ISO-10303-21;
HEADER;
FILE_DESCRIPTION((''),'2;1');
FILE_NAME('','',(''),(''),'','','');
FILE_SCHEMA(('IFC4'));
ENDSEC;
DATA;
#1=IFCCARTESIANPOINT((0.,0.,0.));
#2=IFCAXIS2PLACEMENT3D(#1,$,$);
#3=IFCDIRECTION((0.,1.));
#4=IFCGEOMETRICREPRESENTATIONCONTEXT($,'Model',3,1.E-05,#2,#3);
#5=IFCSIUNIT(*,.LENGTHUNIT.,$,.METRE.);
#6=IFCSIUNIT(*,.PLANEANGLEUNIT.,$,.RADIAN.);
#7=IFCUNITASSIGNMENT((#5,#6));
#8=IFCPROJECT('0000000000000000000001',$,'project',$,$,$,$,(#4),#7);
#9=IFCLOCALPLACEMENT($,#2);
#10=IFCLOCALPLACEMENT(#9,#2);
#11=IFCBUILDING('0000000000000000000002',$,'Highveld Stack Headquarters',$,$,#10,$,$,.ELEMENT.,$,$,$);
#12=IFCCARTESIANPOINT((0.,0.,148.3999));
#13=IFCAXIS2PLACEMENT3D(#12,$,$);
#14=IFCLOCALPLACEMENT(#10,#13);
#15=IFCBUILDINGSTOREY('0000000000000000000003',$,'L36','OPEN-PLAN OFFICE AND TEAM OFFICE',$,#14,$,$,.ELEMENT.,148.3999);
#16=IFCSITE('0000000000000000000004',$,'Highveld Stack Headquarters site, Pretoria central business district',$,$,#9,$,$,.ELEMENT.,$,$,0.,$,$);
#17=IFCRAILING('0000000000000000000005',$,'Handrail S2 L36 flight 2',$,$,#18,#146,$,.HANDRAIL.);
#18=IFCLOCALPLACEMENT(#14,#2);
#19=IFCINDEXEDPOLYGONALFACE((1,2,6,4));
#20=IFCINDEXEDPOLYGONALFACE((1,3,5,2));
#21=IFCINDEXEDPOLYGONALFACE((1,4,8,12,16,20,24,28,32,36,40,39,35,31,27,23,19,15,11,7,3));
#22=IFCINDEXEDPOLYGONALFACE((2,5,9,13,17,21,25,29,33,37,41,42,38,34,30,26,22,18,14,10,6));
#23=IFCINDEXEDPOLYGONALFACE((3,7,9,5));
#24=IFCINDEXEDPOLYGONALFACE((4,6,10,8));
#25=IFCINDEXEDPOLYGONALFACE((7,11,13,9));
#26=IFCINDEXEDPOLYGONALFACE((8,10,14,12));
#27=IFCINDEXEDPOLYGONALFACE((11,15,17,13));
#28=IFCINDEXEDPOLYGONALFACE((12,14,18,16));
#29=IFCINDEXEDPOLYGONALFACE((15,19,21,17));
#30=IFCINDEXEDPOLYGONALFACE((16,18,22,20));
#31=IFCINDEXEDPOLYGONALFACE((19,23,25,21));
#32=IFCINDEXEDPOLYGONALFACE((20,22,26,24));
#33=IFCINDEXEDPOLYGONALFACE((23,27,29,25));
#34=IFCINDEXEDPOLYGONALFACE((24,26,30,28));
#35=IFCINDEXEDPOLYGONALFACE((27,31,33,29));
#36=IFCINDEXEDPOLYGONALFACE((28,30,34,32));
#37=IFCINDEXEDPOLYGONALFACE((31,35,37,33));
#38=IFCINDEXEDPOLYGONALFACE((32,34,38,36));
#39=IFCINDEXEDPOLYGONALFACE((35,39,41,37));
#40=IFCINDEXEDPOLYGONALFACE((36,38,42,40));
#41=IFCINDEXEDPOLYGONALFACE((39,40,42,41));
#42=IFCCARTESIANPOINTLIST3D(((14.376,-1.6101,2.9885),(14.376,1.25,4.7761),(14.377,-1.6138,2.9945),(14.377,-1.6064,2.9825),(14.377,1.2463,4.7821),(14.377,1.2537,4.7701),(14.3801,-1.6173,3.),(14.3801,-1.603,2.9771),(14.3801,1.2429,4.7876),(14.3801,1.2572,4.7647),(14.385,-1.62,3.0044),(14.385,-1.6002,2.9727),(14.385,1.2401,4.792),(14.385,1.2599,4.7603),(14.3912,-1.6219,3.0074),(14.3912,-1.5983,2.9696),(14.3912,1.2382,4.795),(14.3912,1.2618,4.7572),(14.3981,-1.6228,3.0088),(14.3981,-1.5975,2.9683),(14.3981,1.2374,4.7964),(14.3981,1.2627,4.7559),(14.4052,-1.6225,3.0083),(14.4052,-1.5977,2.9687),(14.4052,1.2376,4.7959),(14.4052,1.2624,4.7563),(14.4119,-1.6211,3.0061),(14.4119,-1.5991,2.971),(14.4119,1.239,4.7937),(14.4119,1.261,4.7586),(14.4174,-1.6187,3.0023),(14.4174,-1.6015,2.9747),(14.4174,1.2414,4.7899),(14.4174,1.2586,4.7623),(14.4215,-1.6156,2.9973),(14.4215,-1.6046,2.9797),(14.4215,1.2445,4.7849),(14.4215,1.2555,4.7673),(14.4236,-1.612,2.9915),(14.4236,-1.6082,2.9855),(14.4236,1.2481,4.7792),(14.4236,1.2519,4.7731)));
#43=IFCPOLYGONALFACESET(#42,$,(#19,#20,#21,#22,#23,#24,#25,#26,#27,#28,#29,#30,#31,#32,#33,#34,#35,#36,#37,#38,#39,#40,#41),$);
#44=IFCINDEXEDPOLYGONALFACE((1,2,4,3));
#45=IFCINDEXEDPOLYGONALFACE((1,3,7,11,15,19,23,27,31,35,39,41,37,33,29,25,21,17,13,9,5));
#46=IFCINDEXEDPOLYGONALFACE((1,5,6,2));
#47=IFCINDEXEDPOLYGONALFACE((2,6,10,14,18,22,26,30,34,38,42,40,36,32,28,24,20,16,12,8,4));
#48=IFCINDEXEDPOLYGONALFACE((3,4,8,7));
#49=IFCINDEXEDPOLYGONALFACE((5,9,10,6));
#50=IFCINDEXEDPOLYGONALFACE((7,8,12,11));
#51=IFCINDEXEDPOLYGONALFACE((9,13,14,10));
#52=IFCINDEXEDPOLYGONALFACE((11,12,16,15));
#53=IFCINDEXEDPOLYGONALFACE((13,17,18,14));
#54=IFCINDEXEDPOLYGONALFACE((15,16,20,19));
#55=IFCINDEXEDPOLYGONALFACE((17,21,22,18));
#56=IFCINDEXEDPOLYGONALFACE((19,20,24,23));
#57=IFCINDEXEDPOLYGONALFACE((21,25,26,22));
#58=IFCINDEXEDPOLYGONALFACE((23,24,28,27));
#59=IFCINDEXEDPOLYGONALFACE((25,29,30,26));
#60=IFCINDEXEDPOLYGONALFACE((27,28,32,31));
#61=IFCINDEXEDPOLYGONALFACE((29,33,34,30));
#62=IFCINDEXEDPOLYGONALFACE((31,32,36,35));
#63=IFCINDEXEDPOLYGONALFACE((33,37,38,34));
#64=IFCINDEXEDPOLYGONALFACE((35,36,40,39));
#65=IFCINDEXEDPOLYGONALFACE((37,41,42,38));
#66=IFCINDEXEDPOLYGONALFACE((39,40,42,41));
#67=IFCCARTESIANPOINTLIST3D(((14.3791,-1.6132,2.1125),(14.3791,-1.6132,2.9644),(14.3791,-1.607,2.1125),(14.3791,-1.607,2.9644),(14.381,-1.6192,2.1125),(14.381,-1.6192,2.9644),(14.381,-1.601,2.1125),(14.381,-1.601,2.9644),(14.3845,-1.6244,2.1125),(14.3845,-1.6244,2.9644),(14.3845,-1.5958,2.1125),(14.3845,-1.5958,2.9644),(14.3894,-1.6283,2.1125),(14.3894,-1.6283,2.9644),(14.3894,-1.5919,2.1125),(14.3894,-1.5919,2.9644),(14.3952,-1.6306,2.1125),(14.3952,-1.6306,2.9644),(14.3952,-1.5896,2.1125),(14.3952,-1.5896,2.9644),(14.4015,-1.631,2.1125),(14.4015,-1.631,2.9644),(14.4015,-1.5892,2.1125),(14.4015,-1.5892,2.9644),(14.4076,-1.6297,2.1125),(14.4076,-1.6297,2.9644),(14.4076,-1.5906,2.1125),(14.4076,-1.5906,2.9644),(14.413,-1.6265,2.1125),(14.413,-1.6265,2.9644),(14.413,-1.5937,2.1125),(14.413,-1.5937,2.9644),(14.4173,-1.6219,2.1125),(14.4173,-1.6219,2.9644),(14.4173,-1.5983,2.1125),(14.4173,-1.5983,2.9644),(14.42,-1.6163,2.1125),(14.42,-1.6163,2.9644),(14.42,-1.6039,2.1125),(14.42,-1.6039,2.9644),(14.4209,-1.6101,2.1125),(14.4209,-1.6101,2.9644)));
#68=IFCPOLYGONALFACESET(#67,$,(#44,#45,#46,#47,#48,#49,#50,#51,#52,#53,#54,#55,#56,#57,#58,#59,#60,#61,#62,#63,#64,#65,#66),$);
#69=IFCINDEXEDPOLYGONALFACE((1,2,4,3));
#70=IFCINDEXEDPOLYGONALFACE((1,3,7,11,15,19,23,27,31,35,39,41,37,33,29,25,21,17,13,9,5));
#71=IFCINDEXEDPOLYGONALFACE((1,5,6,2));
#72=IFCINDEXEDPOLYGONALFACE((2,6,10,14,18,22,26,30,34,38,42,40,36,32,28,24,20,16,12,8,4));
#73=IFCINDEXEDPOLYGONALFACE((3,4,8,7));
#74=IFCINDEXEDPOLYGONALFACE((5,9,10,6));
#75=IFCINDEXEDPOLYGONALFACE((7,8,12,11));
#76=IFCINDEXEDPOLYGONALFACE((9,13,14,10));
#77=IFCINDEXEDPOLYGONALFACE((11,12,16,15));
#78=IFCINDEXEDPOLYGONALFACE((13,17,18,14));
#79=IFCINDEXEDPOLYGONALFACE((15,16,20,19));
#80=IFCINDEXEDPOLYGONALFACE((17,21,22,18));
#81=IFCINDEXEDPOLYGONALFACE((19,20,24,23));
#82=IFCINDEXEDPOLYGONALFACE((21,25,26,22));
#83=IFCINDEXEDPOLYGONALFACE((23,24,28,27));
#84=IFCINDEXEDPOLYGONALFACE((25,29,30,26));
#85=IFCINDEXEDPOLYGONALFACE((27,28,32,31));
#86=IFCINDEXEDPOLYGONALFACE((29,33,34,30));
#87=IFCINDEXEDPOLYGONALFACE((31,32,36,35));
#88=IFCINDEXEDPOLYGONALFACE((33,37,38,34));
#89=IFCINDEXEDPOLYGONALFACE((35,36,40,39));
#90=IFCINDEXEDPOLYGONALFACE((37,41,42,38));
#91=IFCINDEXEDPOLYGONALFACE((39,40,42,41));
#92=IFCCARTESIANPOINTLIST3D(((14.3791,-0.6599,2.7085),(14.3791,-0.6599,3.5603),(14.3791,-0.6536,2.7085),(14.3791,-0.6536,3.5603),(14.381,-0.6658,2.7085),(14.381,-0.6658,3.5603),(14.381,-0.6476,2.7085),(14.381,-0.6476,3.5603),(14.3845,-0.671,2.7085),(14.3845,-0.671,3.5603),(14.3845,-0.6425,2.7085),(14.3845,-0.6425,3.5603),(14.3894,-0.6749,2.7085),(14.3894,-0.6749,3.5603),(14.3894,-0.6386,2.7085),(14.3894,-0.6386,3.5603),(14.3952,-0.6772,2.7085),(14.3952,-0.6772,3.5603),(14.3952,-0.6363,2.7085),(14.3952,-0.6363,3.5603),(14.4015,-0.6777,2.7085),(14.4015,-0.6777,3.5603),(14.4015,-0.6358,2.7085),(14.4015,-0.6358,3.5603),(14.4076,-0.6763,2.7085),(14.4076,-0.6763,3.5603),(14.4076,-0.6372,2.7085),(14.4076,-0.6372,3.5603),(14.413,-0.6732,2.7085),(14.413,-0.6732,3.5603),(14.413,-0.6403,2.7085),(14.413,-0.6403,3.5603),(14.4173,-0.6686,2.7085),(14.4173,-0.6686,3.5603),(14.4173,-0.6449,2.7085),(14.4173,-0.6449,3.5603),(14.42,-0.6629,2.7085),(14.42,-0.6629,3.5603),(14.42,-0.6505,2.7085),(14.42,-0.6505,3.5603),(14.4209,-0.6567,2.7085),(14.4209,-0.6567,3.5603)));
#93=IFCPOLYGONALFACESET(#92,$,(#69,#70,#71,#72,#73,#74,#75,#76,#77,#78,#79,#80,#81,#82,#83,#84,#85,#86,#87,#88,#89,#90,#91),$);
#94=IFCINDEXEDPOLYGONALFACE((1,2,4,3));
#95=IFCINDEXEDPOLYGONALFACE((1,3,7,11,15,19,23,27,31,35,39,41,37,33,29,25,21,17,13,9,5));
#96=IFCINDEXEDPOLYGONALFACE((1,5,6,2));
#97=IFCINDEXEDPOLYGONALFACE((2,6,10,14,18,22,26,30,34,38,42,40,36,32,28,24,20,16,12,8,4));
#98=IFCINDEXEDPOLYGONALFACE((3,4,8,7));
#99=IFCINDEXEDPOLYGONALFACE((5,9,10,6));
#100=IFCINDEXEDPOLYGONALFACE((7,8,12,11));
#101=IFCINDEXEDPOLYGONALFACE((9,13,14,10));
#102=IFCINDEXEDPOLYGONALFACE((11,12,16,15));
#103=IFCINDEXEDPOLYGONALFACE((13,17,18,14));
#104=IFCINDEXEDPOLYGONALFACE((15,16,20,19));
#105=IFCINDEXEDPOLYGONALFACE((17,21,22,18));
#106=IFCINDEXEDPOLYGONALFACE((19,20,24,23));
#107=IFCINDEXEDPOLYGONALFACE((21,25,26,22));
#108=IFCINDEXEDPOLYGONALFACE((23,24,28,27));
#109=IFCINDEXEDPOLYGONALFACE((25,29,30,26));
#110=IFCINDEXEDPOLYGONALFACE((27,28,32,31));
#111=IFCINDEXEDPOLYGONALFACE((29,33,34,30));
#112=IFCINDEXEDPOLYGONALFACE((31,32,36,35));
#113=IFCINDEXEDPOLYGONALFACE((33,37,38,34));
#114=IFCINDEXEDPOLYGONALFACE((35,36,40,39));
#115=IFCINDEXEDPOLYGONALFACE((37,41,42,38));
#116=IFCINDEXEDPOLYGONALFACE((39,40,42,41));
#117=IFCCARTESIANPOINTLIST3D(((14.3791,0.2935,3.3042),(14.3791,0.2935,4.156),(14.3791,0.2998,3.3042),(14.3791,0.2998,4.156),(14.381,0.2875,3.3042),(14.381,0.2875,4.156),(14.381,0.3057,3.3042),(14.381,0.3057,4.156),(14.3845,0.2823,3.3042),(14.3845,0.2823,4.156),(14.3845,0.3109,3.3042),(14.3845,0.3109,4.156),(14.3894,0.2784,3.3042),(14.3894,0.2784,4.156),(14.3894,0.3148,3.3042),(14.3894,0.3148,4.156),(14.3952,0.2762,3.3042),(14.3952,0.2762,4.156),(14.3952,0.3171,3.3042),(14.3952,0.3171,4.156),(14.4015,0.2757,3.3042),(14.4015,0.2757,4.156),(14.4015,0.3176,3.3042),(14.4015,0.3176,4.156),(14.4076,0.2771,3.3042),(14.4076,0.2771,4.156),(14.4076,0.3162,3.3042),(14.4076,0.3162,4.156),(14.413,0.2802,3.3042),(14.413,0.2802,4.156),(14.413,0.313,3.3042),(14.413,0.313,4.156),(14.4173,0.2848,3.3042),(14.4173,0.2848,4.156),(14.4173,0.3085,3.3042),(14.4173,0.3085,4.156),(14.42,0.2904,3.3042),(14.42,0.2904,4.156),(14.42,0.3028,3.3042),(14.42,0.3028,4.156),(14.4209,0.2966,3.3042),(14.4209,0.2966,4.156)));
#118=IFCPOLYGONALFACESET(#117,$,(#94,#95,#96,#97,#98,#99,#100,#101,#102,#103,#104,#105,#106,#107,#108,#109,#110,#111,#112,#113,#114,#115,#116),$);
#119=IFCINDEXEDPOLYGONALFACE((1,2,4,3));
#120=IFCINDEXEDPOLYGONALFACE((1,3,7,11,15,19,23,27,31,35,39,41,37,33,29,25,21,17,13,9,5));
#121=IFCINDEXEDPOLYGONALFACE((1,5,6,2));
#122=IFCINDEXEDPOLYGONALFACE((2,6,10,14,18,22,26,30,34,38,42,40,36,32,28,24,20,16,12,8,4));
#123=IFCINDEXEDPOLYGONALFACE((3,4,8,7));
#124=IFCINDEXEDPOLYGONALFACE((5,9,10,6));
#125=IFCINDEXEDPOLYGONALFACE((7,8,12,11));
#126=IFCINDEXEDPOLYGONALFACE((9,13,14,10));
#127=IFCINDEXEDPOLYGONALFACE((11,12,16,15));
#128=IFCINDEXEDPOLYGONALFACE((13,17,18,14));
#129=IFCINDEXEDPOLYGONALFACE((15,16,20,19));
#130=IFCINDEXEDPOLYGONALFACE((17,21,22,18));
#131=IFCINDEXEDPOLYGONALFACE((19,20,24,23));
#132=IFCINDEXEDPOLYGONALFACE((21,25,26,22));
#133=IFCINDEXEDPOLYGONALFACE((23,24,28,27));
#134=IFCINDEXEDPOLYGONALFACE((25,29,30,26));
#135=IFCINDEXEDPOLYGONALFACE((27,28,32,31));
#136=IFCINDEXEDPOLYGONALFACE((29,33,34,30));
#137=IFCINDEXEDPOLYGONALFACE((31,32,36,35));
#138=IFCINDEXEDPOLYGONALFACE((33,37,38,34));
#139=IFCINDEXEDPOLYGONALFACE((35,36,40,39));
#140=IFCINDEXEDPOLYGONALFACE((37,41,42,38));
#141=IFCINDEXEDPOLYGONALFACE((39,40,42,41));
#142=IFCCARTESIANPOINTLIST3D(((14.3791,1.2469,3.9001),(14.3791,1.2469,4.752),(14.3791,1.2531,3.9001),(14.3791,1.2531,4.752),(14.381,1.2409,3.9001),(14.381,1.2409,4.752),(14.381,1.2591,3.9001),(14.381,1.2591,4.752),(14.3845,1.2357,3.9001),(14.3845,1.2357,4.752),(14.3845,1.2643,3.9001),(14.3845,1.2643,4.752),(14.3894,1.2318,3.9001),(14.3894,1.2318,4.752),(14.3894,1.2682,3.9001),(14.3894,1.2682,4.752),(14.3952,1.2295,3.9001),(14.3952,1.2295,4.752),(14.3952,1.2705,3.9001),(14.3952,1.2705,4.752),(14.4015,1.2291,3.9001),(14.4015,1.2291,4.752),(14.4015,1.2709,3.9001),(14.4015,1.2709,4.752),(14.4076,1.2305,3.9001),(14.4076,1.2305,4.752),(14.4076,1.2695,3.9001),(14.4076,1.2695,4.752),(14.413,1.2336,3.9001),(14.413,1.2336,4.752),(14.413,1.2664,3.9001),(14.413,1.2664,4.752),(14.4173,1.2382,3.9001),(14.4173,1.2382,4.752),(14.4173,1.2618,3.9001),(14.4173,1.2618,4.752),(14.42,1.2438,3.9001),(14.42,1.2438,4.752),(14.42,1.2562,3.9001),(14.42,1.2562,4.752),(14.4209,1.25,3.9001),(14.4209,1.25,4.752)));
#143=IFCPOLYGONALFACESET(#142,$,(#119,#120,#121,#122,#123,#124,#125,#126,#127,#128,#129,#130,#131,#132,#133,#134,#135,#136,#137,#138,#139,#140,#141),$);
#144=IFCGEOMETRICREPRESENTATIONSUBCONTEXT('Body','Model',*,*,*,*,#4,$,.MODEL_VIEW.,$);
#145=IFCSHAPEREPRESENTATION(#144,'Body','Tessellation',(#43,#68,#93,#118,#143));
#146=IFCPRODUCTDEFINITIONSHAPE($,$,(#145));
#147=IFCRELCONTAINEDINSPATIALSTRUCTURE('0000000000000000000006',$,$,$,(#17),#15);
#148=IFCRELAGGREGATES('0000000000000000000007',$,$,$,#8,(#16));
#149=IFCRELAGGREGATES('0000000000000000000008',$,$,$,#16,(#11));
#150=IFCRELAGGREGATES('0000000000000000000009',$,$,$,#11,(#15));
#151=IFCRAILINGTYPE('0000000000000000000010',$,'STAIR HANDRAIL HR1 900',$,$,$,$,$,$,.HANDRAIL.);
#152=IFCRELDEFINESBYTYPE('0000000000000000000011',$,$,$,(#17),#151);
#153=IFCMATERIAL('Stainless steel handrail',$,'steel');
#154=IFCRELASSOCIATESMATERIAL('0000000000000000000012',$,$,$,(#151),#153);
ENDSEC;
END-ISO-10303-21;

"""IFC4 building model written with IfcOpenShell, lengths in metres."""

from ifc_helpers import new_model, si_unit, direction, frame, origin, origin_2d, place, context, subcontext, project, spatial, circle, extrude, material, type_object, element, save


model = new_model("IFC4")

# Units and contexts
model_context = context("Model", 3, precision=1e-05, world=origin(), true_north=direction((0.0, 1.0)))
body_context = subcontext(model_context, "Body", "Model", "MODEL_VIEW")
ifc_project = project(units=[si_unit("LENGTHUNIT", "METRE"), si_unit("PLANEANGLEUNIT", "RADIAN")], contexts=[model_context])

# Site, building, storey
site_placement = place(None, origin())
site = spatial("IfcSite", under=ifc_project, at=site_placement, Name="Highveld Stack Headquarters site, Pretoria central business district", CompositionType="ELEMENT", RefElevation=0.0)
building_placement = place(site_placement, origin())
building = spatial("IfcBuilding", under=site, at=building_placement, Name="Highveld Stack Headquarters", CompositionType="ELEMENT")
storey_placement = place(building_placement, frame((0.0, 0.0, 148.3999)))
storey = spatial("IfcBuildingStorey", under=building, at=storey_placement, Name="L36", Description="OPEN-PLAN OFFICE AND TEAM OFFICE", CompositionType="ELEMENT", Elevation=148.3999)

# Railing
ifc_material_1 = material(Name="Stainless steel handrail", Category="steel")
railing_type = type_object("IfcRailingType", Name="STAIR HANDRAIL HR1 900", PredefinedType="HANDRAIL", material=ifc_material_1)
for number, where, name in (
    (1, (14.3999, -1.6101, 2.1125), "Handrail S2 L36 flight 2"),
):
    element("IfcRailing", number, at=place(storey_placement, frame(where)), inside=storey, type_object=railing_type, Name=name, PredefinedType="HANDRAIL", context=body_context, shape_type="SweptSolid", body=[
        extrude(circle(Radius=0.0239, at=origin_2d()), frame((0.0, 0.0, 0.876), z_axis=(0.0, 0.847994, 0.530005), x_axis=(-1.0, 0.0, 0.0)), (0.0, 0.0, 1.0), 3.3728),
        extrude(circle(Radius=0.021, at=origin_2d()), origin(), (0.0, 0.0, 1.0), 0.8518),
        extrude(circle(Radius=0.021, at=origin_2d()), frame((0.0, 0.9534, 0.5959)), (0.0, 0.0, 1.0), 0.8518),
        extrude(circle(Radius=0.021, at=origin_2d()), frame((0.0, 1.9067, 1.1917)), (0.0, 0.0, 1.0), 0.8518),
        extrude(circle(Radius=0.021, at=origin_2d()), frame((0.0, 2.8601, 1.7876)), (0.0, 0.0, 1.0), 0.8518),
    ])

save(model, "model.ifc")
